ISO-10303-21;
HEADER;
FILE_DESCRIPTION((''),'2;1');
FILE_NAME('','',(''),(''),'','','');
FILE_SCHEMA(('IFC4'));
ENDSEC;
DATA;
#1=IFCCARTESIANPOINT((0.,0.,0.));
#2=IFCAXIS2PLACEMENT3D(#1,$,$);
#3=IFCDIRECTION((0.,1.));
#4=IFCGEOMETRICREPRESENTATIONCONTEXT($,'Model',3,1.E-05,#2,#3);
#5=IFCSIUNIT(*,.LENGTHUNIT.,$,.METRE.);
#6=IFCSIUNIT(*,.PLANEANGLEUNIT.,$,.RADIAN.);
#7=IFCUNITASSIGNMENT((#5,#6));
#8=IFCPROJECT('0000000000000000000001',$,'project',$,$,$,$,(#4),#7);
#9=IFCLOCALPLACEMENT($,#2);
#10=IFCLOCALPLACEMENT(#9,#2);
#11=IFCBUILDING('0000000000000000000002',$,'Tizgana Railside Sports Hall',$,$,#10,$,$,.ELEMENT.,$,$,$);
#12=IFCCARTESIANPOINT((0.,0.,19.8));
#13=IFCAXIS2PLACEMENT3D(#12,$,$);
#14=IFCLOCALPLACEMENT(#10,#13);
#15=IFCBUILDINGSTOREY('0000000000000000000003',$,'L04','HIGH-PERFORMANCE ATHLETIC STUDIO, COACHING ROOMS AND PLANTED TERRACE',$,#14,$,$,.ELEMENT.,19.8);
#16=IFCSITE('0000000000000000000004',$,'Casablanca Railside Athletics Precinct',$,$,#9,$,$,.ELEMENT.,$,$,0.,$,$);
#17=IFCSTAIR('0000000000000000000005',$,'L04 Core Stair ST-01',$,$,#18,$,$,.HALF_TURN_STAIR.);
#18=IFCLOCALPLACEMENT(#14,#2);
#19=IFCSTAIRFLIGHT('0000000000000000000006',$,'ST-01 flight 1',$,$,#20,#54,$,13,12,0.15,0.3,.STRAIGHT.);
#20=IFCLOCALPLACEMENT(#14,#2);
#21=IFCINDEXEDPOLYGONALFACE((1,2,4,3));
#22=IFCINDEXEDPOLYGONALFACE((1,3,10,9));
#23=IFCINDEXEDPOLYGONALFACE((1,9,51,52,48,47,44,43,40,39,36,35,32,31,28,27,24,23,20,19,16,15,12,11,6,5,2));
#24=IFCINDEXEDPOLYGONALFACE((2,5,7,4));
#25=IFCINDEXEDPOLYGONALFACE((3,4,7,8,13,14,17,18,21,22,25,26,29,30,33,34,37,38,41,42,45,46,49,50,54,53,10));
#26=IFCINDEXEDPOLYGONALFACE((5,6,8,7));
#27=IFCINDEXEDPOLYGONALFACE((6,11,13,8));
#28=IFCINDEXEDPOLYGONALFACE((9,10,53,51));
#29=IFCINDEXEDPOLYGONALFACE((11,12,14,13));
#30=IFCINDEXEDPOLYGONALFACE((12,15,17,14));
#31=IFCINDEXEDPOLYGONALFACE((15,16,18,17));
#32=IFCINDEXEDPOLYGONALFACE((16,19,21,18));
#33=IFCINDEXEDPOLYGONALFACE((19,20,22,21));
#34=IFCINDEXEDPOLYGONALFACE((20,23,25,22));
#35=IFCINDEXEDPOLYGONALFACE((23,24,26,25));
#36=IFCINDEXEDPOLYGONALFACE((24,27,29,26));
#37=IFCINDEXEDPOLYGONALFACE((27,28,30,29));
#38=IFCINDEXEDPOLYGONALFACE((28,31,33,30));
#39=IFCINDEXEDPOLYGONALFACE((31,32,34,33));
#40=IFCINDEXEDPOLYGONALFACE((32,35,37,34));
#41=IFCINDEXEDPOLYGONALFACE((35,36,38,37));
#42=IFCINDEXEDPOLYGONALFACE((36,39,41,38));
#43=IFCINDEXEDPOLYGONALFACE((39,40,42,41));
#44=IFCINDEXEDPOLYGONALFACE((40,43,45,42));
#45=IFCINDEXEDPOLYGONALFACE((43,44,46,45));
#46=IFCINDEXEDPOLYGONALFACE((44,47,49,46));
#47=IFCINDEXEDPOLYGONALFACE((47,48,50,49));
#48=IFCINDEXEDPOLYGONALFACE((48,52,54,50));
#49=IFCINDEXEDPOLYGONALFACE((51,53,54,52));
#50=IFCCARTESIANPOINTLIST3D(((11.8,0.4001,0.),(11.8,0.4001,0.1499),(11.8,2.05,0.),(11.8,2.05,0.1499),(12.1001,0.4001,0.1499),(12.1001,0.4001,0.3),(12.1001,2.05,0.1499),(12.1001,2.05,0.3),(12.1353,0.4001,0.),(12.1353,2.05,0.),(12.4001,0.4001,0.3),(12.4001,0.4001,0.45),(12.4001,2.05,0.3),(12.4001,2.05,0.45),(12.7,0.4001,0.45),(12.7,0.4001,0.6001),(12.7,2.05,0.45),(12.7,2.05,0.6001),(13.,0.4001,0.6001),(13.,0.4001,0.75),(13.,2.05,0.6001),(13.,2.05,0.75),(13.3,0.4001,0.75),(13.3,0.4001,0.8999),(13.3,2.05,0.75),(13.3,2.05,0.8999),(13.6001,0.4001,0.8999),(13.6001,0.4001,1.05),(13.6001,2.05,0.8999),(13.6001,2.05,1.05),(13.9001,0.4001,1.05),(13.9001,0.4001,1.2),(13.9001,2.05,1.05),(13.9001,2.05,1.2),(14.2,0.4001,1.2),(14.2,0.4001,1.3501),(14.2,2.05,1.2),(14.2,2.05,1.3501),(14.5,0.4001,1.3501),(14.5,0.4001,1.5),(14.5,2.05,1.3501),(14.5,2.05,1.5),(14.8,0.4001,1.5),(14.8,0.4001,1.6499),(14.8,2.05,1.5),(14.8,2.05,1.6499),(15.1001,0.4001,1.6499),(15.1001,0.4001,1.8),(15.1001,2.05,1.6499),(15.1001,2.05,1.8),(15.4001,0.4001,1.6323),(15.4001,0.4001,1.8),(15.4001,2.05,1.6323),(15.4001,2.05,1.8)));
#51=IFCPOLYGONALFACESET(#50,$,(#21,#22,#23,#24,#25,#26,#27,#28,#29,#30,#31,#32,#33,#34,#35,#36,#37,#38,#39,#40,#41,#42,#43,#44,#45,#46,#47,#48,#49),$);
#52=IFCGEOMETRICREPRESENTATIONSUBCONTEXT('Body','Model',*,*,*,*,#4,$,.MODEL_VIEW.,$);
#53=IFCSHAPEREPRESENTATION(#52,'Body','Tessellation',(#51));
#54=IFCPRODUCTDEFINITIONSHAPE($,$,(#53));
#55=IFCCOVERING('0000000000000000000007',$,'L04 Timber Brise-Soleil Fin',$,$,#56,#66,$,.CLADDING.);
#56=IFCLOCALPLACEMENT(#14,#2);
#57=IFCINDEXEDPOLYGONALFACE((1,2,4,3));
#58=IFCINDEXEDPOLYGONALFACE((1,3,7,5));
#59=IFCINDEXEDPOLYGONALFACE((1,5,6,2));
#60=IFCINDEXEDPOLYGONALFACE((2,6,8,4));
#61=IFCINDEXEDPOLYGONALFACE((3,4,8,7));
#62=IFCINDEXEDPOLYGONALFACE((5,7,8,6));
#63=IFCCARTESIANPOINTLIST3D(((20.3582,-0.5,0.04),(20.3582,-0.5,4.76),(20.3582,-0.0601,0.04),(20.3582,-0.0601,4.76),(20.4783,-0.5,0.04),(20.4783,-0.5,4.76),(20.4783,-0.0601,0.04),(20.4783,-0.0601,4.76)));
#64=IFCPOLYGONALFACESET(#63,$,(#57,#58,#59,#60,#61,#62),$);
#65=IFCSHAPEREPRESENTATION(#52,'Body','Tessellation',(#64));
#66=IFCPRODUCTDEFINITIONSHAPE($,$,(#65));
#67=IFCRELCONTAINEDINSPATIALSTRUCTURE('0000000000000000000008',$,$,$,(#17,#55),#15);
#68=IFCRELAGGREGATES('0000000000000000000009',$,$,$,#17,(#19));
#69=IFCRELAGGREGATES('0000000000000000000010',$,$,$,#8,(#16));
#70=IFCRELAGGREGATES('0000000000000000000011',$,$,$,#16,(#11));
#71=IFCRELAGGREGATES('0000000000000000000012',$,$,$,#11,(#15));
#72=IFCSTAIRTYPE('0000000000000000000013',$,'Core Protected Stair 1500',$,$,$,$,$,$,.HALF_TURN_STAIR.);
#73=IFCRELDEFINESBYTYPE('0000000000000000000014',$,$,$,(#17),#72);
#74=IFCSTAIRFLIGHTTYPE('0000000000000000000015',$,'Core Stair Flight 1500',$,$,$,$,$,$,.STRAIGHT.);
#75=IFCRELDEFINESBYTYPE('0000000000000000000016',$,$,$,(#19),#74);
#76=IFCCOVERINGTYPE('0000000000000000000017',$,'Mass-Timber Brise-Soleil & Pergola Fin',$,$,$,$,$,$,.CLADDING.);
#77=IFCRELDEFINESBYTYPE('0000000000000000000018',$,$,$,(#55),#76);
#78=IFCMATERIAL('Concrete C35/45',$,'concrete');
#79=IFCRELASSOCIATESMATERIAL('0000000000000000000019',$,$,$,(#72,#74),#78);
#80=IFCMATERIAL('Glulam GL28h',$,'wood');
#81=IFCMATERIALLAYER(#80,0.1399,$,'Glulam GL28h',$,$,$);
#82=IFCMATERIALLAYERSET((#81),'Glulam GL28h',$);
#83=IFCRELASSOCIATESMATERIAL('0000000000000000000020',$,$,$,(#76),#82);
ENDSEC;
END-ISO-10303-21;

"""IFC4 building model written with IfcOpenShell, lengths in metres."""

from ifc_helpers import new_model, si_unit, direction, frame, origin, origin_2d, place, context, subcontext, project, spatial, polyline, rectangle, outline, extrude, material, layer, layer_set, type_object, element, aggregate, save


model = new_model("IFC4")

# Units and contexts
model_context = context("Model", 3, precision=1e-05, world=origin(), true_north=direction((0.0, 1.0)))
body_context = subcontext(model_context, "Body", "Model", "MODEL_VIEW")
ifc_project = project(units=[si_unit("LENGTHUNIT", "METRE"), si_unit("PLANEANGLEUNIT", "RADIAN")], contexts=[model_context])

# Site, building, storey
site_placement = place(None, origin())
site = spatial("IfcSite", under=ifc_project, at=site_placement, Name="Casablanca Railside Athletics Precinct", CompositionType="ELEMENT", RefElevation=0.0)
building_placement = place(site_placement, origin())
building = spatial("IfcBuilding", under=site, at=building_placement, Name="Tizgana Railside Sports Hall", CompositionType="ELEMENT")
storey_placement = place(building_placement, frame((0.0, 0.0, 19.8)))
storey = spatial("IfcBuildingStorey", under=building, at=storey_placement, Name="L04", Description="HIGH-PERFORMANCE ATHLETIC STUDIO, COACHING ROOMS AND PLANTED TERRACE", CompositionType="ELEMENT", Elevation=19.8)

# Shared definitions
ifc_material_1 = material(Name="Concrete C35/45", Category="concrete")

# Stair, stair flight
stair_type = type_object("IfcStairType", Name="Core Protected Stair 1500", PredefinedType="HALF_TURN_STAIR", material=ifc_material_1)
stair_placement = place(storey_placement, origin())
stair = element("IfcStair", 1, at=stair_placement, inside=storey, type_object=stair_type, Name="L04 Core Stair ST-01", PredefinedType="HALF_TURN_STAIR")
stair_flight_type = type_object("IfcStairFlightType", Name="Core Stair Flight 1500", PredefinedType="STRAIGHT", material=ifc_material_1)
stair_flight_placement = place(storey_placement, frame((11.8, 1.2251, 0.0), z_axis=(0.0, 0.0, 1.0), x_axis=(1.0, 0.0, 0.0)))
stair_flight = element("IfcStairFlight", 2, at=stair_flight_placement, type_object=stair_flight_type, Name="ST-01 flight 1", NumberOfRisers=13, NumberOfTreads=12, PredefinedType="STRAIGHT", RiserHeight=0.15, TreadLength=0.3, context=body_context, shape_type="SweptSolid", body=[
    extrude(outline(polyline([(0.0, 0.0), (0.0, 0.1499), (0.3, 0.1499), (0.3, 0.3), (0.6001, 0.3), (0.6001, 0.45), (0.8999, 0.45), (0.8999, 0.6001), (1.2, 0.6001), (1.2, 0.75), (1.5, 0.75), (1.5, 0.8999), (1.8, 0.8999), (1.8, 1.05), (2.1001, 1.05), (2.1001, 1.2), (2.3999, 1.2), (2.3999, 1.3501), (2.7, 1.3501), (2.7, 1.5), (3.0, 1.5), (3.0, 1.6499), (3.3, 1.6499), (3.3, 1.8), (3.6001, 1.8), (3.6001, 1.95), (3.6001, 1.6323), (0.3352, 0.0), (0.0, 0.0)])), frame((0.0, 0.825, 0.0), z_axis=(0.0, -1.0, 0.0), x_axis=(1.0, 0.0, 0.0)), (0.0, 0.0, 1.0), 1.6499),
])
aggregate(stair, [stair_flight])

# Covering
ifc_material_2 = material(Name="Glulam GL28h", Category="wood")
ifc_layer_1 = layer(ifc_material_2, 0.1399, Name="Glulam GL28h")
ifc_layer_set_1 = layer_set([ifc_layer_1], Name="Glulam GL28h")
covering_type = type_object("IfcCoveringType", Name="Mass-Timber Brise-Soleil & Pergola Fin", PredefinedType="CLADDING", material=ifc_layer_set_1)
covering_placement = place(storey_placement, frame((20.4182, -0.28, 0.04), z_axis=(0.0, 0.0, 1.0), x_axis=(-1.0, 0.0, 0.0)))
element("IfcCovering", 3, at=covering_placement, inside=storey, type_object=covering_type, Name="L04 Timber Brise-Soleil Fin", PredefinedType="CLADDING", context=body_context, shape_type="SweptSolid", body=[
    extrude(rectangle(XDim=0.1201, YDim=0.4399, at=origin_2d()), origin(), (0.0, 0.0, 1.0), 4.72),
])

save(model, "model.ifc")
